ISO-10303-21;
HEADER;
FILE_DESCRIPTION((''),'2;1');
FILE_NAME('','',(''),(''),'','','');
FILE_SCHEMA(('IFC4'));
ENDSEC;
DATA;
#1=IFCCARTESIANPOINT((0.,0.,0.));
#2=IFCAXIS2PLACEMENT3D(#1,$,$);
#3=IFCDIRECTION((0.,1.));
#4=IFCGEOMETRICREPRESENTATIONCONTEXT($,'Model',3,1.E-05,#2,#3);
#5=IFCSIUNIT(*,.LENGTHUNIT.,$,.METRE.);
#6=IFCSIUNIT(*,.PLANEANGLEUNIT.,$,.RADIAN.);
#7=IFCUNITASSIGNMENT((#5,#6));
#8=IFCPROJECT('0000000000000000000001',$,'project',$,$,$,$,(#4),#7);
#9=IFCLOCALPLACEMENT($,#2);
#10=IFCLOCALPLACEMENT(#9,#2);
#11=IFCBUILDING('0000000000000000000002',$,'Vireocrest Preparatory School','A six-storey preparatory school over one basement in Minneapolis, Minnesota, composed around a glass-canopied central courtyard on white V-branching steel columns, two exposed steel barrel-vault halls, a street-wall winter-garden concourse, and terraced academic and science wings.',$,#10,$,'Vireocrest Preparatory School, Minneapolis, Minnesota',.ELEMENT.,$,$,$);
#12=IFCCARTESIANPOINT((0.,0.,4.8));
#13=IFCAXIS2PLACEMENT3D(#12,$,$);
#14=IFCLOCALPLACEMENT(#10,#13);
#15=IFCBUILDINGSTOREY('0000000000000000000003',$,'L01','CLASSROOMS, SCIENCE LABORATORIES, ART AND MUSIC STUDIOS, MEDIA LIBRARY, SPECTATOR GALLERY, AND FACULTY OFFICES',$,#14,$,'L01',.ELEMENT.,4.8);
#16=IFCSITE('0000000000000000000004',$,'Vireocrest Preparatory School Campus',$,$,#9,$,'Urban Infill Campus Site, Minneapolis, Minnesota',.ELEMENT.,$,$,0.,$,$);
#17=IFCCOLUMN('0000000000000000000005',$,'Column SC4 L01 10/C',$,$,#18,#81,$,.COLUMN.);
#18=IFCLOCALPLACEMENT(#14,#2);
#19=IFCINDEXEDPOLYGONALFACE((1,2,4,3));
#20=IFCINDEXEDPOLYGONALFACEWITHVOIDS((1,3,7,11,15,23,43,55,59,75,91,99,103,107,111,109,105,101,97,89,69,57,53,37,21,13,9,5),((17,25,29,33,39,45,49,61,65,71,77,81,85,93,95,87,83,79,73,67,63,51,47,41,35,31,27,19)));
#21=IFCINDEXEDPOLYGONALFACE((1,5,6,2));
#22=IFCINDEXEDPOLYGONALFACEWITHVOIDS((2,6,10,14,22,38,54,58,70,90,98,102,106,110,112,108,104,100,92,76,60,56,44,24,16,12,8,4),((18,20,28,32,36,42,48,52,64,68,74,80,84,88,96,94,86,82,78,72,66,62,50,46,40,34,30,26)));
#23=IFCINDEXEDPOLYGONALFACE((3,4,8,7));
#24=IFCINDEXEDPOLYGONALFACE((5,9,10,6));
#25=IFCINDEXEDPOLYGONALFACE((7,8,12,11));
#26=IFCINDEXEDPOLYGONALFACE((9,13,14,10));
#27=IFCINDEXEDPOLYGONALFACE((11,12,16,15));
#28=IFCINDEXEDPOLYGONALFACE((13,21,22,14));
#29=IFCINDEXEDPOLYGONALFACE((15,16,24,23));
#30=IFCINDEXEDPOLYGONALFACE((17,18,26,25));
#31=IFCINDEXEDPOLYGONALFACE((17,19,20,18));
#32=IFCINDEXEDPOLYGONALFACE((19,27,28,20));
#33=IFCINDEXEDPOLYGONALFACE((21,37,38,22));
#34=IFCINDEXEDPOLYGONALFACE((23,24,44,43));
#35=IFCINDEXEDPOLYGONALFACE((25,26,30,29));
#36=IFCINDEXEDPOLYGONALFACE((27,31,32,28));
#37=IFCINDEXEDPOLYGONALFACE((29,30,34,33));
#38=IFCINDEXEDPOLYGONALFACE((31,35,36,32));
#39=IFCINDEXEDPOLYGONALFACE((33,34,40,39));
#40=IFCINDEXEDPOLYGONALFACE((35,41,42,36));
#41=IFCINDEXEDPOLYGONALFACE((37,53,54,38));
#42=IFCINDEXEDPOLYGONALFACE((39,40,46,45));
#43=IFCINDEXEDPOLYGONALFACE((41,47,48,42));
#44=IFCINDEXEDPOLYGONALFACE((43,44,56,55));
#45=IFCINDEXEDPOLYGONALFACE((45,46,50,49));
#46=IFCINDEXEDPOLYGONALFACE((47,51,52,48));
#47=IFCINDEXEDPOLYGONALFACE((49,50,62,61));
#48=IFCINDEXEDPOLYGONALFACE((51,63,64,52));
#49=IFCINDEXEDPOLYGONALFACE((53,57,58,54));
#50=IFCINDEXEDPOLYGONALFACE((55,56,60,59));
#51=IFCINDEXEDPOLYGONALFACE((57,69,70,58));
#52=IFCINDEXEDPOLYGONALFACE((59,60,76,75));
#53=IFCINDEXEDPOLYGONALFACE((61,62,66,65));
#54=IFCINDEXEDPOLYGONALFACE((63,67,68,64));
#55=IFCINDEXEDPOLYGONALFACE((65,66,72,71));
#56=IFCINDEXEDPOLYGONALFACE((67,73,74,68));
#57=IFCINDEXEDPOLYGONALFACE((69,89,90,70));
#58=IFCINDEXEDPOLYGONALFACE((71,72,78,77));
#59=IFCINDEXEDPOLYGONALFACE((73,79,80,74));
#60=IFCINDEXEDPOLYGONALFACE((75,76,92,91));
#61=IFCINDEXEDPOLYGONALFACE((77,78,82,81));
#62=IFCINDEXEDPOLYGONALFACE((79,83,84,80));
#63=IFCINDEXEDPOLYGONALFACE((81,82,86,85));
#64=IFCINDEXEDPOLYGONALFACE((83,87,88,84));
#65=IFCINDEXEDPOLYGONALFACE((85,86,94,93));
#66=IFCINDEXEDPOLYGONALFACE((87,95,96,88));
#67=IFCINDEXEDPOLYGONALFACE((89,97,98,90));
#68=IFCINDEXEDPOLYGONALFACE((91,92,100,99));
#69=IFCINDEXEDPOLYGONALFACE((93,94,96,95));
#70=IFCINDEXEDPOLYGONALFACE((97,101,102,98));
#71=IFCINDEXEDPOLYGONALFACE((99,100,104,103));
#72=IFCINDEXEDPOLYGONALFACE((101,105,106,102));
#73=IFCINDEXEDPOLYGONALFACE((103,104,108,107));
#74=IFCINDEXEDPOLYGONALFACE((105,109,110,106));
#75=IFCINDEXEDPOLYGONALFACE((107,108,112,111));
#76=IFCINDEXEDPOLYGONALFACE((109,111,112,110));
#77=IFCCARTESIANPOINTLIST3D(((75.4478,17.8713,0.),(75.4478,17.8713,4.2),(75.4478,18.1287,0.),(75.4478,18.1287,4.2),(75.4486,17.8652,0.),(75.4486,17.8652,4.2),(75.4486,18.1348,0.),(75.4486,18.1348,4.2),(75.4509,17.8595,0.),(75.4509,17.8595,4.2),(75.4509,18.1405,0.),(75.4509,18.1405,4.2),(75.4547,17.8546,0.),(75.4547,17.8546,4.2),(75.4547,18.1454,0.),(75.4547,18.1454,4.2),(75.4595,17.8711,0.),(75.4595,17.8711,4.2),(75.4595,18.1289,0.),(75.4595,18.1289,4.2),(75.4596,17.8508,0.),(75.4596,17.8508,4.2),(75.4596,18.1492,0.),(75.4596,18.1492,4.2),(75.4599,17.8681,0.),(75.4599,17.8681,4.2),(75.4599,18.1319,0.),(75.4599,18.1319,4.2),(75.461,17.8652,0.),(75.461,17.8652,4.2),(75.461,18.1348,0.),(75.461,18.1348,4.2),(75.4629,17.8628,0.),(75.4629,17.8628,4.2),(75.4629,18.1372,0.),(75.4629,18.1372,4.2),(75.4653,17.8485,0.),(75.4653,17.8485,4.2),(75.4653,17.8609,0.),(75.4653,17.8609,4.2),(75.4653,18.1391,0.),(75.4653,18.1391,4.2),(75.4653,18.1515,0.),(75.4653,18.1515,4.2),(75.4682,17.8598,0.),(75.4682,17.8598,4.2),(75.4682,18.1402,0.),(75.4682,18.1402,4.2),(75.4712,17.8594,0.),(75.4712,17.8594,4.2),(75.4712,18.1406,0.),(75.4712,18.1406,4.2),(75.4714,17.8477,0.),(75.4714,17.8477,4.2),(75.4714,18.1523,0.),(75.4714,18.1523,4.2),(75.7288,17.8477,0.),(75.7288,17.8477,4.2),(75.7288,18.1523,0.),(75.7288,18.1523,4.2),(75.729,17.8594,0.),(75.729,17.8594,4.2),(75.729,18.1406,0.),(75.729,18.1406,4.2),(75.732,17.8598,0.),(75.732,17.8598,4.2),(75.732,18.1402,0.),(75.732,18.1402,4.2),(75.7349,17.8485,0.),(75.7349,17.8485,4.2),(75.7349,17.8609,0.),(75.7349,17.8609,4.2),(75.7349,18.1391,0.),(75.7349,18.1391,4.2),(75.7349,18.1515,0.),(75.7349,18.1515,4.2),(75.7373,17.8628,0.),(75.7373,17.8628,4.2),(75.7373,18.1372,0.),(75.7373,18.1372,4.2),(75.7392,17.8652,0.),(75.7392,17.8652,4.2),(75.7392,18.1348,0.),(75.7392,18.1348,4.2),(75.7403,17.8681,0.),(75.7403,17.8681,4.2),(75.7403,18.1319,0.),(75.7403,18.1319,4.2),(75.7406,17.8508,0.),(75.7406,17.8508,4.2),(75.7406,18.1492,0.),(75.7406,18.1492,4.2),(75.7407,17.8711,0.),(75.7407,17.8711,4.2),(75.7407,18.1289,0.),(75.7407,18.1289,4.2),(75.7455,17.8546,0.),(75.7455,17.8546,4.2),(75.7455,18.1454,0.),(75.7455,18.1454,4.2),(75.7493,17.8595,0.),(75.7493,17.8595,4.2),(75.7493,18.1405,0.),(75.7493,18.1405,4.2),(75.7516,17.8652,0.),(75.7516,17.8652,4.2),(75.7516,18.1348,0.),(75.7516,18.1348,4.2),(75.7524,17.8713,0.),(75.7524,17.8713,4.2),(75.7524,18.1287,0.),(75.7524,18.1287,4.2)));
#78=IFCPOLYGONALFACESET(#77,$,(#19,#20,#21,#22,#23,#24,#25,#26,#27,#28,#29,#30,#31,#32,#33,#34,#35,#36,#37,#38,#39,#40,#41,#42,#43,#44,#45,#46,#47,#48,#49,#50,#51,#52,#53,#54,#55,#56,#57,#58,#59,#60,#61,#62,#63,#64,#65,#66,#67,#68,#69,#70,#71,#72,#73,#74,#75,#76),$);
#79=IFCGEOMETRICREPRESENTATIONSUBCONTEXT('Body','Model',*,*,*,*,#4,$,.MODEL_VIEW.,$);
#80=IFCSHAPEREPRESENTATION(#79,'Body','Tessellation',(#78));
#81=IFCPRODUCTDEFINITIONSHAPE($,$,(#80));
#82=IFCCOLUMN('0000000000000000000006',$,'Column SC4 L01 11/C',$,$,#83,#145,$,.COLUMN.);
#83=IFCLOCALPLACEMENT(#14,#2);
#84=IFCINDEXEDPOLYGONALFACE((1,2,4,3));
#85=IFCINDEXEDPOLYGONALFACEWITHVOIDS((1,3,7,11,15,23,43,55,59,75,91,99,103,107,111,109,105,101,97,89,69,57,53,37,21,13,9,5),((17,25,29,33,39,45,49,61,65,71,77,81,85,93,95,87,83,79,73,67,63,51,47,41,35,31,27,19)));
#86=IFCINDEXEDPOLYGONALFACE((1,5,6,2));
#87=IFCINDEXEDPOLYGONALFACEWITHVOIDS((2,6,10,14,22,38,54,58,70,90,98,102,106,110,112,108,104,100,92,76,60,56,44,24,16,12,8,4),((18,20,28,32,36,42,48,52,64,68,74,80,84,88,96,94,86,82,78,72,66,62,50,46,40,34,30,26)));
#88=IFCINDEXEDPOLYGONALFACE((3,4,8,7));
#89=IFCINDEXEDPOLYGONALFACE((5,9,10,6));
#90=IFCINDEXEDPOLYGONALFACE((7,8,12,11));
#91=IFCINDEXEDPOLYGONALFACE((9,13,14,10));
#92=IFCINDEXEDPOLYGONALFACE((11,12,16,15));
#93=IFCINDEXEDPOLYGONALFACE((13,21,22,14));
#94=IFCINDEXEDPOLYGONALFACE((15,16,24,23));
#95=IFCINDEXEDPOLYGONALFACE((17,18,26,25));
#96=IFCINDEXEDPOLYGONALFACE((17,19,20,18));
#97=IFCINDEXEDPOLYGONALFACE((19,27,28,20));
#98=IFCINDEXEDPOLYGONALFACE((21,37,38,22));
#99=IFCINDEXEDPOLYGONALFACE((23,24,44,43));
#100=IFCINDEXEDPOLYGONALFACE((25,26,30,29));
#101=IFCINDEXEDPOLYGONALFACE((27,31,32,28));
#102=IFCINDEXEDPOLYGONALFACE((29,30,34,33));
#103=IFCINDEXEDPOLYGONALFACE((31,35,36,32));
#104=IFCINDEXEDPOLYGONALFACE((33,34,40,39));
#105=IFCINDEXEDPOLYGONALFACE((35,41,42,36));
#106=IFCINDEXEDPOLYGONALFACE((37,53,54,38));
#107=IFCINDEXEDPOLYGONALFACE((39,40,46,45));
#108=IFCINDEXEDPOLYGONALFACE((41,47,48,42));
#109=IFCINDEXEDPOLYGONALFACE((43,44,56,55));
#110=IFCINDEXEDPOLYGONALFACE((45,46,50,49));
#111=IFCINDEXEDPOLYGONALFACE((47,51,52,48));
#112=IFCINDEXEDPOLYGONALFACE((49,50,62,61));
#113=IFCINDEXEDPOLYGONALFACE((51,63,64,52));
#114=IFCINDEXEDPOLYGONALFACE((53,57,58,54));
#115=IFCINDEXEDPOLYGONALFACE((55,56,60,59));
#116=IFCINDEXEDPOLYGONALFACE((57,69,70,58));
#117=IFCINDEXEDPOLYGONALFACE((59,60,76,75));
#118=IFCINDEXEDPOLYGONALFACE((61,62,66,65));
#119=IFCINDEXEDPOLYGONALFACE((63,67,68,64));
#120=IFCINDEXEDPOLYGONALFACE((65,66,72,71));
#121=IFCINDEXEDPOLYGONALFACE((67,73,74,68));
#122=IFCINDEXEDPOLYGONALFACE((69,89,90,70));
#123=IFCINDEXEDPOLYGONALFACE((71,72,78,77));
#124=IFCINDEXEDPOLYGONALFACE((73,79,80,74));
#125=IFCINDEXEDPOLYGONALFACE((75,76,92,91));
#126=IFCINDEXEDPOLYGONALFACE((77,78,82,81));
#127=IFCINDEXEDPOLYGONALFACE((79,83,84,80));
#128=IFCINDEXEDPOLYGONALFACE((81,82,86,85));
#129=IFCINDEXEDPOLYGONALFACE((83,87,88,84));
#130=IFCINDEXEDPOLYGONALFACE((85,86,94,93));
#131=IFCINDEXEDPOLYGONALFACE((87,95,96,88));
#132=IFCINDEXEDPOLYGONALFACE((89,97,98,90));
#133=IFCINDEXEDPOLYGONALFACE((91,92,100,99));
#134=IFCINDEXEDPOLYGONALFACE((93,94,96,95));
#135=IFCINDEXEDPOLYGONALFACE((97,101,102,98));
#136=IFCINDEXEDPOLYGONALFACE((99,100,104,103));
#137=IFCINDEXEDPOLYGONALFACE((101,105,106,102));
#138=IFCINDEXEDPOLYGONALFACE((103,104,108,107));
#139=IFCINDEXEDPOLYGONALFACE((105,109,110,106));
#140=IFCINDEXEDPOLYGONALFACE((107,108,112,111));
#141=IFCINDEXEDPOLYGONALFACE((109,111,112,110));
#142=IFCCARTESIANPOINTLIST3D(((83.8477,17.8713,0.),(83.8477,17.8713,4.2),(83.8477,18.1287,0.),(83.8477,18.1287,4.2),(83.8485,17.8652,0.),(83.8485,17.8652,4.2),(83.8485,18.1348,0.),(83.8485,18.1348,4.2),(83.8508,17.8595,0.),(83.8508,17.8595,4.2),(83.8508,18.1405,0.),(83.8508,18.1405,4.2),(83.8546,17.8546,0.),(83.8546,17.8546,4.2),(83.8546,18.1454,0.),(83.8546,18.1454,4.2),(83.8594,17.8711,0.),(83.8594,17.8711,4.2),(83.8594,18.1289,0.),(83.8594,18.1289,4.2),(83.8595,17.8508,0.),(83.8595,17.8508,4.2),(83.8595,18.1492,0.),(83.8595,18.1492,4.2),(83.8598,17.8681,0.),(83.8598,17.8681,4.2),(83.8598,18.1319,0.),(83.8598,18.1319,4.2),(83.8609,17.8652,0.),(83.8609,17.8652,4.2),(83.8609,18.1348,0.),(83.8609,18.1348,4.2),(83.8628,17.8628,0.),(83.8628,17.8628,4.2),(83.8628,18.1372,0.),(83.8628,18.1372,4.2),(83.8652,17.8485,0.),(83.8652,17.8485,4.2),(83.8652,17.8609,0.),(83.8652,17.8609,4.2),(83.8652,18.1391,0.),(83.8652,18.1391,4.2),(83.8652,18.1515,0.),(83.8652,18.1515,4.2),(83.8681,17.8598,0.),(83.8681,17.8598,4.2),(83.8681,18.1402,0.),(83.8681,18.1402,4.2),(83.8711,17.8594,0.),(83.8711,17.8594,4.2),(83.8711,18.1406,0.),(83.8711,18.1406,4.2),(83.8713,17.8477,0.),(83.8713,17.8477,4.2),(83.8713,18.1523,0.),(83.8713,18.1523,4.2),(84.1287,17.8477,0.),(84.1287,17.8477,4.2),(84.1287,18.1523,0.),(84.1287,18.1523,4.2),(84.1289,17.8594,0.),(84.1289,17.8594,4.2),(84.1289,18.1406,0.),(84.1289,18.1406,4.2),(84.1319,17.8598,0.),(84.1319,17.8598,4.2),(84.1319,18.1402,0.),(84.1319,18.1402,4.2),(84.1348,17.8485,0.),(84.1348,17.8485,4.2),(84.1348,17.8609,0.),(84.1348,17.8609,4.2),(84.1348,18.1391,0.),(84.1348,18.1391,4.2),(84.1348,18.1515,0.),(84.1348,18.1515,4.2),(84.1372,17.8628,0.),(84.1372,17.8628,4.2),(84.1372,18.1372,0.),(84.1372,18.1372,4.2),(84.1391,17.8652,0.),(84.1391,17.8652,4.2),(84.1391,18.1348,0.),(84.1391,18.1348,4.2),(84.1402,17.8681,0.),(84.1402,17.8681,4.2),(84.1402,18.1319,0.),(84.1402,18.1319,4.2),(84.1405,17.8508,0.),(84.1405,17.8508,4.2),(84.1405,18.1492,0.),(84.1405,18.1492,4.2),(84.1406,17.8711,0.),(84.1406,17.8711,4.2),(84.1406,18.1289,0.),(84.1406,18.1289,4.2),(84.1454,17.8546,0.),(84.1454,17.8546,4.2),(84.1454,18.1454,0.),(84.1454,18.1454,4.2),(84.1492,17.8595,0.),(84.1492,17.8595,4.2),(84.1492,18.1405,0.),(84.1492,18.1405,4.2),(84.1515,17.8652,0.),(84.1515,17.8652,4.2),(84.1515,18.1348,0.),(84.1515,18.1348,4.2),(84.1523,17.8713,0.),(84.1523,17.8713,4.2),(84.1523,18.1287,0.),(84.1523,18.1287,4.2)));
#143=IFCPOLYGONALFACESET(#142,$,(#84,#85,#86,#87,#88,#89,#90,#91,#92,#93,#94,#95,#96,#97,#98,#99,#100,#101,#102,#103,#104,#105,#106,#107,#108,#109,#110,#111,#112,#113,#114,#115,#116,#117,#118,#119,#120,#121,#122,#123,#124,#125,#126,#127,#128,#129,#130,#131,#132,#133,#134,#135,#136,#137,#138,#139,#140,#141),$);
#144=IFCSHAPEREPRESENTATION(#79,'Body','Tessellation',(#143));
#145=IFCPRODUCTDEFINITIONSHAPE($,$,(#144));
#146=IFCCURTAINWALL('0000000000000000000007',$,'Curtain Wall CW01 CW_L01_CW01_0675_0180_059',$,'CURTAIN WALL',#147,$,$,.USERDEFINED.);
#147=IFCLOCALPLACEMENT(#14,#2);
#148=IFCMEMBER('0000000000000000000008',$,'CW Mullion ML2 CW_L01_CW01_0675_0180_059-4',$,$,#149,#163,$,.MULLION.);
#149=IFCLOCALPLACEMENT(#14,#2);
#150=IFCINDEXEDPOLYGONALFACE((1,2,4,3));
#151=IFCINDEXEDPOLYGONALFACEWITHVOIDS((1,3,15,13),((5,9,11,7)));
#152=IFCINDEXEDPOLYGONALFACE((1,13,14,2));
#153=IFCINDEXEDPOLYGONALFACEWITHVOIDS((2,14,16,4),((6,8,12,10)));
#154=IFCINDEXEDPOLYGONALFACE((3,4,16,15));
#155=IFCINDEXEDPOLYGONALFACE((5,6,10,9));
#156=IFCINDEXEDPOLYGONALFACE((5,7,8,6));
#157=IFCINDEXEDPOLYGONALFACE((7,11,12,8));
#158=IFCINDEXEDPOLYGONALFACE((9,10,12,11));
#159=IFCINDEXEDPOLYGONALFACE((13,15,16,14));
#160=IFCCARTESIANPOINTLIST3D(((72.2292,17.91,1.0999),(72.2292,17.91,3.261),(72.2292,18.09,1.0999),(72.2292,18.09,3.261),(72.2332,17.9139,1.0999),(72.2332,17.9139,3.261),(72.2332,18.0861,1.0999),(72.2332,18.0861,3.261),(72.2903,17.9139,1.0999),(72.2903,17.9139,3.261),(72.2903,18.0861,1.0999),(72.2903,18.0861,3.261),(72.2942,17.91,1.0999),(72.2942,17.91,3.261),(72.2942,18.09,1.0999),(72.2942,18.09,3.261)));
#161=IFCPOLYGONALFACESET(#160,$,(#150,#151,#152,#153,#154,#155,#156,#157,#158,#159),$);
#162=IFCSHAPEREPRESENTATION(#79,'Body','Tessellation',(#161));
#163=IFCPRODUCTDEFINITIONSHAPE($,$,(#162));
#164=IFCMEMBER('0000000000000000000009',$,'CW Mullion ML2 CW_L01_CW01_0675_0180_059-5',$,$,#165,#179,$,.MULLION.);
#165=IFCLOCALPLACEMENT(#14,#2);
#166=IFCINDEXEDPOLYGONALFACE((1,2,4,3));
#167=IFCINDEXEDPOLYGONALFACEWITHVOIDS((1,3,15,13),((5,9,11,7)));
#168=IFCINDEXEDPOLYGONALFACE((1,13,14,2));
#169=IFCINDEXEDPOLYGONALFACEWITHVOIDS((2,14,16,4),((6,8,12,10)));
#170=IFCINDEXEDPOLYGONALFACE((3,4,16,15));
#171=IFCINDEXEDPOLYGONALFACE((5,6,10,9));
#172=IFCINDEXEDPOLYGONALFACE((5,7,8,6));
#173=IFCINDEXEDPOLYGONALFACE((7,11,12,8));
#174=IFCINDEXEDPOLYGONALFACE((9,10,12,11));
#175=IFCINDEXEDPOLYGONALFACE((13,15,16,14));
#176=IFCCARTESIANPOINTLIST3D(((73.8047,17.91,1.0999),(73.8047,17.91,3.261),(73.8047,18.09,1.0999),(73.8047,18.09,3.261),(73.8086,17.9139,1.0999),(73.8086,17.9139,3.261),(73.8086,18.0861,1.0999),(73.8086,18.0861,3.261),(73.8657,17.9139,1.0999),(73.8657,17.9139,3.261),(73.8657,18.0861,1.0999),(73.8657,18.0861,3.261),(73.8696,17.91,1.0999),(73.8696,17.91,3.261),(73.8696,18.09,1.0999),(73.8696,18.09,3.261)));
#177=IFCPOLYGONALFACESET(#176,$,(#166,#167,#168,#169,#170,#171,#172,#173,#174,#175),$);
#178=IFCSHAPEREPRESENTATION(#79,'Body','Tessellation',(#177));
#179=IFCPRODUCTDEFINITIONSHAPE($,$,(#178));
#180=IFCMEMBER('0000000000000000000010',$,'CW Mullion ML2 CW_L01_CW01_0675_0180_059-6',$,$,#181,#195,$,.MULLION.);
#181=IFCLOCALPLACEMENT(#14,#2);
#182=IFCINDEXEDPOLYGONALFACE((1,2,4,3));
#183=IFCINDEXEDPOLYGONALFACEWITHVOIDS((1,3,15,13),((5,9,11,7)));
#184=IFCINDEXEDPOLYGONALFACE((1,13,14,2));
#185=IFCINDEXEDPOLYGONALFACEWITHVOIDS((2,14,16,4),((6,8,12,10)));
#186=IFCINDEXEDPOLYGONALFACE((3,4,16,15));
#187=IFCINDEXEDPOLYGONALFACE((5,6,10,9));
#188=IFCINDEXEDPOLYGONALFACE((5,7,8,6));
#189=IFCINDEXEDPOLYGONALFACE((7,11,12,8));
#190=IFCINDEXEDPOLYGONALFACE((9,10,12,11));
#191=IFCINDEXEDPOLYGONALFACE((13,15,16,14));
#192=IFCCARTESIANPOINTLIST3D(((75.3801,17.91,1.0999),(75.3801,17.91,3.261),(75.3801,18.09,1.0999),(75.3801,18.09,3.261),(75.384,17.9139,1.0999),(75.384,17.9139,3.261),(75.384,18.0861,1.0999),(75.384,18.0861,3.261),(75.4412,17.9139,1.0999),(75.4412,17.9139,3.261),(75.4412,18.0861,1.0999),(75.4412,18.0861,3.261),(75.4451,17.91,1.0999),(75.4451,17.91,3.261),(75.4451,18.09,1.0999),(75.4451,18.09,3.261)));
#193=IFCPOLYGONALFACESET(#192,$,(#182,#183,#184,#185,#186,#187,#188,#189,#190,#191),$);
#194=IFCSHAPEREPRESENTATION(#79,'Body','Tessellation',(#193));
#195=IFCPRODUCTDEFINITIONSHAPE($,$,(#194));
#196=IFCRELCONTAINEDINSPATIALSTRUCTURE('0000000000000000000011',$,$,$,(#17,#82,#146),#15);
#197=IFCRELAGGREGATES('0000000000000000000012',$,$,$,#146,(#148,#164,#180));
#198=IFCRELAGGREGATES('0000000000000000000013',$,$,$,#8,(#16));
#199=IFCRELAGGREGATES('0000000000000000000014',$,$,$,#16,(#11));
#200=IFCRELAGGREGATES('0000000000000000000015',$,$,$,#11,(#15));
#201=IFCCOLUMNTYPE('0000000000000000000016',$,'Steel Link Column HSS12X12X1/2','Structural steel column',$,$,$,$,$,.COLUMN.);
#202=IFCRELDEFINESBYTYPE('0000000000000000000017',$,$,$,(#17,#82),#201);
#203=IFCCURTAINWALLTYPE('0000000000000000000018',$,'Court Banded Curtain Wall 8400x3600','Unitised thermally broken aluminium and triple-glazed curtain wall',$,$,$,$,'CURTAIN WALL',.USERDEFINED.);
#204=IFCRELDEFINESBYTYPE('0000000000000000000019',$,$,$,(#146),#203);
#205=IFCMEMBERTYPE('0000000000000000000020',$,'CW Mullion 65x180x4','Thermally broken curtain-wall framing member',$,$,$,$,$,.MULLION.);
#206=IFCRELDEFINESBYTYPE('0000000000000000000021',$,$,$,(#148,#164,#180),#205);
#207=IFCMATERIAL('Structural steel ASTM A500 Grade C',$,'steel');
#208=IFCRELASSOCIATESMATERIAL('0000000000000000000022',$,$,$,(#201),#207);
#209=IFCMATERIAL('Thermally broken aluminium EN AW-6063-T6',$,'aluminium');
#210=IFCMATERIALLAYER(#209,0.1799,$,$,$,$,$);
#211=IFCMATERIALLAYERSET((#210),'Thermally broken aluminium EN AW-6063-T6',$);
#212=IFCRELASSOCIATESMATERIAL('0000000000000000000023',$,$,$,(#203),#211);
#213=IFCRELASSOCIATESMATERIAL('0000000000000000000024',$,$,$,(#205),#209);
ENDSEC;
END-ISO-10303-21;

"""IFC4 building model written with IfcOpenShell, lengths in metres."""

from ifc_helpers import new_model, si_unit, direction, frame, origin, origin_2d, place, context, subcontext, project, spatial, hollow_rectangle, extrude, material, layer, layer_set, material_profile, profile_set, type_object, element, aggregate, save


model = new_model("IFC4")

# Units and contexts
model_context = context("Model", 3, precision=1e-05, world=origin(), true_north=direction((0.0, 1.0)))
body_context = subcontext(model_context, "Body", "Model", "MODEL_VIEW")
ifc_project = project(units=[si_unit("LENGTHUNIT", "METRE"), si_unit("PLANEANGLEUNIT", "RADIAN")], contexts=[model_context])

# Site, building, storey
site_placement = place(None, origin())
site = spatial("IfcSite", under=ifc_project, at=site_placement, Name="Vireocrest Preparatory School Campus", LongName="Urban Infill Campus Site, Minneapolis, Minnesota", CompositionType="ELEMENT", RefElevation=0.0)
building_placement = place(site_placement, origin())
building = spatial("IfcBuilding", under=site, at=building_placement, Name="Vireocrest Preparatory School", Description="A six-storey preparatory school over one basement in Minneapolis, Minnesota, composed around a glass-canopied central courtyard on white V-branching steel columns, two exposed steel barrel-vault halls, a street-wall winter-garden concourse, and terraced academic and science wings.", LongName="Vireocrest Preparatory School, Minneapolis, Minnesota", CompositionType="ELEMENT")
storey_placement = place(building_placement, frame((0.0, 0.0, 4.8)))
storey = spatial("IfcBuildingStorey", under=building, at=storey_placement, Name="L01", Description="CLASSROOMS, SCIENCE LABORATORIES, ART AND MUSIC STUDIOS, MEDIA LIBRARY, SPECTATOR GALLERY, AND FACULTY OFFICES", LongName="L01", CompositionType="ELEMENT", Elevation=4.8)

# Columns
ifc_material_1 = material(Name="Structural steel ASTM A500 Grade C", Category="steel")
ifc_material_profile_1 = material_profile(ifc_material_1, hollow_rectangle(XDim=0.3047, YDim=0.3047, WallThickness=0.0117, InnerFilletRadius=0.0117, OuterFilletRadius=0.0237, at=origin_2d()), Name="HSS12X12X1/2")
ifc_profile_set_1 = profile_set([ifc_material_profile_1], Name="Structural steel ASTM A500 Grade C")
column_type = type_object("IfcColumnType", Name="Steel Link Column HSS12X12X1/2", Description="Structural steel column", PredefinedType="COLUMN", material=ifc_profile_set_1)
for number, where, z_axis, x_axis, name in (
    (1, (75.6001, 18.0, 0.0), (0.0, 0.0, 1.0), (1.0, 0.0, 0.0), "Column SC4 L01 10/C"),
    (2, (84.0, 18.0, 0.0), (0.0, 0.0, 1.0), (1.0, 0.0, 0.0), "Column SC4 L01 11/C"),
):
    element("IfcColumn", number, at=place(storey_placement, frame(where, z_axis=z_axis, x_axis=x_axis)), inside=storey, type_object=column_type, Name=name, PredefinedType="COLUMN", context=body_context, shape_type="SweptSolid", body=[
        extrude(hollow_rectangle(XDim=0.3047, YDim=0.3047, WallThickness=0.0117, InnerFilletRadius=0.0117, OuterFilletRadius=0.0237, at=origin_2d()), origin(), (0.0, 0.0, 1.0), 4.2),
    ])

# Curtain wall, members
ifc_material_2 = material(Name="Thermally broken aluminium EN AW-6063-T6", Category="aluminium")
ifc_layer_1 = layer(ifc_material_2, 0.1799)
ifc_layer_set_1 = layer_set([ifc_layer_1], Name="Thermally broken aluminium EN AW-6063-T6")
curtain_wall_type = type_object("IfcCurtainWallType", Name="Court Banded Curtain Wall 8400x3600", Description="Unitised thermally broken aluminium and triple-glazed curtain wall", ElementType="CURTAIN WALL", PredefinedType="USERDEFINED", material=ifc_layer_set_1)
curtain_wall_1_placement = place(storey_placement, origin())
curtain_wall_1 = element("IfcCurtainWall", 3, at=curtain_wall_1_placement, inside=storey, type_object=curtain_wall_type, Name="Curtain Wall CW01 CW_L01_CW01_0675_0180_059", ObjectType="CURTAIN WALL", PredefinedType="USERDEFINED")
ifc_material_profile_2 = material_profile(ifc_material_2, hollow_rectangle(XDim=0.0649, YDim=0.1799, WallThickness=0.0039, at=origin_2d()), Name="ALU 65x180x4")
ifc_profile_set_2 = profile_set([ifc_material_profile_2], Name="Thermally broken aluminium EN AW-6063-T6")
member_type_1 = type_object("IfcMemberType", Name="CW Mullion 65x180x4", Description="Thermally broken curtain-wall framing member", PredefinedType="MULLION", material=ifc_profile_set_2)
member_1_placement = place(storey_placement, frame((72.2617, 18.0, 1.0999), z_axis=(0.0, 0.0, 1.0), x_axis=(1.0, 0.0, 0.0)))
member_1 = element("IfcMember", 4, at=member_1_placement, type_object=member_type_1, Name="CW Mullion ML2 CW_L01_CW01_0675_0180_059-4", PredefinedType="MULLION", context=body_context, shape_type="SweptSolid", body=[
    extrude(hollow_rectangle(XDim=0.0649, YDim=0.1799, WallThickness=0.0039, at=origin_2d()), origin(), (0.0, 0.0, 1.0), 2.1611),
])
member_2_placement = place(storey_placement, frame((73.8372, 18.0, 1.0999), z_axis=(0.0, 0.0, 1.0), x_axis=(1.0, 0.0, 0.0)))
member_2 = element("IfcMember", 5, at=member_2_placement, type_object=member_type_1, Name="CW Mullion ML2 CW_L01_CW01_0675_0180_059-5", PredefinedType="MULLION", context=body_context, shape_type="SweptSolid", body=[
    extrude(hollow_rectangle(XDim=0.0649, YDim=0.1799, WallThickness=0.0039, at=origin_2d()), origin(), (0.0, 0.0, 1.0), 2.1611),
])
member_3_placement = place(storey_placement, frame((75.4126, 18.0, 1.0999), z_axis=(0.0, 0.0, 1.0), x_axis=(1.0, 0.0, 0.0)))
member_3 = element("IfcMember", 6, at=member_3_placement, type_object=member_type_1, Name="CW Mullion ML2 CW_L01_CW01_0675_0180_059-6", PredefinedType="MULLION", context=body_context, shape_type="SweptSolid", body=[
    extrude(hollow_rectangle(XDim=0.0649, YDim=0.1799, WallThickness=0.0039, at=origin_2d()), origin(), (0.0, 0.0, 1.0), 2.1611),
])

aggregate(curtain_wall_1, [member_1, member_2, member_3])

save(model, "model.ifc")
